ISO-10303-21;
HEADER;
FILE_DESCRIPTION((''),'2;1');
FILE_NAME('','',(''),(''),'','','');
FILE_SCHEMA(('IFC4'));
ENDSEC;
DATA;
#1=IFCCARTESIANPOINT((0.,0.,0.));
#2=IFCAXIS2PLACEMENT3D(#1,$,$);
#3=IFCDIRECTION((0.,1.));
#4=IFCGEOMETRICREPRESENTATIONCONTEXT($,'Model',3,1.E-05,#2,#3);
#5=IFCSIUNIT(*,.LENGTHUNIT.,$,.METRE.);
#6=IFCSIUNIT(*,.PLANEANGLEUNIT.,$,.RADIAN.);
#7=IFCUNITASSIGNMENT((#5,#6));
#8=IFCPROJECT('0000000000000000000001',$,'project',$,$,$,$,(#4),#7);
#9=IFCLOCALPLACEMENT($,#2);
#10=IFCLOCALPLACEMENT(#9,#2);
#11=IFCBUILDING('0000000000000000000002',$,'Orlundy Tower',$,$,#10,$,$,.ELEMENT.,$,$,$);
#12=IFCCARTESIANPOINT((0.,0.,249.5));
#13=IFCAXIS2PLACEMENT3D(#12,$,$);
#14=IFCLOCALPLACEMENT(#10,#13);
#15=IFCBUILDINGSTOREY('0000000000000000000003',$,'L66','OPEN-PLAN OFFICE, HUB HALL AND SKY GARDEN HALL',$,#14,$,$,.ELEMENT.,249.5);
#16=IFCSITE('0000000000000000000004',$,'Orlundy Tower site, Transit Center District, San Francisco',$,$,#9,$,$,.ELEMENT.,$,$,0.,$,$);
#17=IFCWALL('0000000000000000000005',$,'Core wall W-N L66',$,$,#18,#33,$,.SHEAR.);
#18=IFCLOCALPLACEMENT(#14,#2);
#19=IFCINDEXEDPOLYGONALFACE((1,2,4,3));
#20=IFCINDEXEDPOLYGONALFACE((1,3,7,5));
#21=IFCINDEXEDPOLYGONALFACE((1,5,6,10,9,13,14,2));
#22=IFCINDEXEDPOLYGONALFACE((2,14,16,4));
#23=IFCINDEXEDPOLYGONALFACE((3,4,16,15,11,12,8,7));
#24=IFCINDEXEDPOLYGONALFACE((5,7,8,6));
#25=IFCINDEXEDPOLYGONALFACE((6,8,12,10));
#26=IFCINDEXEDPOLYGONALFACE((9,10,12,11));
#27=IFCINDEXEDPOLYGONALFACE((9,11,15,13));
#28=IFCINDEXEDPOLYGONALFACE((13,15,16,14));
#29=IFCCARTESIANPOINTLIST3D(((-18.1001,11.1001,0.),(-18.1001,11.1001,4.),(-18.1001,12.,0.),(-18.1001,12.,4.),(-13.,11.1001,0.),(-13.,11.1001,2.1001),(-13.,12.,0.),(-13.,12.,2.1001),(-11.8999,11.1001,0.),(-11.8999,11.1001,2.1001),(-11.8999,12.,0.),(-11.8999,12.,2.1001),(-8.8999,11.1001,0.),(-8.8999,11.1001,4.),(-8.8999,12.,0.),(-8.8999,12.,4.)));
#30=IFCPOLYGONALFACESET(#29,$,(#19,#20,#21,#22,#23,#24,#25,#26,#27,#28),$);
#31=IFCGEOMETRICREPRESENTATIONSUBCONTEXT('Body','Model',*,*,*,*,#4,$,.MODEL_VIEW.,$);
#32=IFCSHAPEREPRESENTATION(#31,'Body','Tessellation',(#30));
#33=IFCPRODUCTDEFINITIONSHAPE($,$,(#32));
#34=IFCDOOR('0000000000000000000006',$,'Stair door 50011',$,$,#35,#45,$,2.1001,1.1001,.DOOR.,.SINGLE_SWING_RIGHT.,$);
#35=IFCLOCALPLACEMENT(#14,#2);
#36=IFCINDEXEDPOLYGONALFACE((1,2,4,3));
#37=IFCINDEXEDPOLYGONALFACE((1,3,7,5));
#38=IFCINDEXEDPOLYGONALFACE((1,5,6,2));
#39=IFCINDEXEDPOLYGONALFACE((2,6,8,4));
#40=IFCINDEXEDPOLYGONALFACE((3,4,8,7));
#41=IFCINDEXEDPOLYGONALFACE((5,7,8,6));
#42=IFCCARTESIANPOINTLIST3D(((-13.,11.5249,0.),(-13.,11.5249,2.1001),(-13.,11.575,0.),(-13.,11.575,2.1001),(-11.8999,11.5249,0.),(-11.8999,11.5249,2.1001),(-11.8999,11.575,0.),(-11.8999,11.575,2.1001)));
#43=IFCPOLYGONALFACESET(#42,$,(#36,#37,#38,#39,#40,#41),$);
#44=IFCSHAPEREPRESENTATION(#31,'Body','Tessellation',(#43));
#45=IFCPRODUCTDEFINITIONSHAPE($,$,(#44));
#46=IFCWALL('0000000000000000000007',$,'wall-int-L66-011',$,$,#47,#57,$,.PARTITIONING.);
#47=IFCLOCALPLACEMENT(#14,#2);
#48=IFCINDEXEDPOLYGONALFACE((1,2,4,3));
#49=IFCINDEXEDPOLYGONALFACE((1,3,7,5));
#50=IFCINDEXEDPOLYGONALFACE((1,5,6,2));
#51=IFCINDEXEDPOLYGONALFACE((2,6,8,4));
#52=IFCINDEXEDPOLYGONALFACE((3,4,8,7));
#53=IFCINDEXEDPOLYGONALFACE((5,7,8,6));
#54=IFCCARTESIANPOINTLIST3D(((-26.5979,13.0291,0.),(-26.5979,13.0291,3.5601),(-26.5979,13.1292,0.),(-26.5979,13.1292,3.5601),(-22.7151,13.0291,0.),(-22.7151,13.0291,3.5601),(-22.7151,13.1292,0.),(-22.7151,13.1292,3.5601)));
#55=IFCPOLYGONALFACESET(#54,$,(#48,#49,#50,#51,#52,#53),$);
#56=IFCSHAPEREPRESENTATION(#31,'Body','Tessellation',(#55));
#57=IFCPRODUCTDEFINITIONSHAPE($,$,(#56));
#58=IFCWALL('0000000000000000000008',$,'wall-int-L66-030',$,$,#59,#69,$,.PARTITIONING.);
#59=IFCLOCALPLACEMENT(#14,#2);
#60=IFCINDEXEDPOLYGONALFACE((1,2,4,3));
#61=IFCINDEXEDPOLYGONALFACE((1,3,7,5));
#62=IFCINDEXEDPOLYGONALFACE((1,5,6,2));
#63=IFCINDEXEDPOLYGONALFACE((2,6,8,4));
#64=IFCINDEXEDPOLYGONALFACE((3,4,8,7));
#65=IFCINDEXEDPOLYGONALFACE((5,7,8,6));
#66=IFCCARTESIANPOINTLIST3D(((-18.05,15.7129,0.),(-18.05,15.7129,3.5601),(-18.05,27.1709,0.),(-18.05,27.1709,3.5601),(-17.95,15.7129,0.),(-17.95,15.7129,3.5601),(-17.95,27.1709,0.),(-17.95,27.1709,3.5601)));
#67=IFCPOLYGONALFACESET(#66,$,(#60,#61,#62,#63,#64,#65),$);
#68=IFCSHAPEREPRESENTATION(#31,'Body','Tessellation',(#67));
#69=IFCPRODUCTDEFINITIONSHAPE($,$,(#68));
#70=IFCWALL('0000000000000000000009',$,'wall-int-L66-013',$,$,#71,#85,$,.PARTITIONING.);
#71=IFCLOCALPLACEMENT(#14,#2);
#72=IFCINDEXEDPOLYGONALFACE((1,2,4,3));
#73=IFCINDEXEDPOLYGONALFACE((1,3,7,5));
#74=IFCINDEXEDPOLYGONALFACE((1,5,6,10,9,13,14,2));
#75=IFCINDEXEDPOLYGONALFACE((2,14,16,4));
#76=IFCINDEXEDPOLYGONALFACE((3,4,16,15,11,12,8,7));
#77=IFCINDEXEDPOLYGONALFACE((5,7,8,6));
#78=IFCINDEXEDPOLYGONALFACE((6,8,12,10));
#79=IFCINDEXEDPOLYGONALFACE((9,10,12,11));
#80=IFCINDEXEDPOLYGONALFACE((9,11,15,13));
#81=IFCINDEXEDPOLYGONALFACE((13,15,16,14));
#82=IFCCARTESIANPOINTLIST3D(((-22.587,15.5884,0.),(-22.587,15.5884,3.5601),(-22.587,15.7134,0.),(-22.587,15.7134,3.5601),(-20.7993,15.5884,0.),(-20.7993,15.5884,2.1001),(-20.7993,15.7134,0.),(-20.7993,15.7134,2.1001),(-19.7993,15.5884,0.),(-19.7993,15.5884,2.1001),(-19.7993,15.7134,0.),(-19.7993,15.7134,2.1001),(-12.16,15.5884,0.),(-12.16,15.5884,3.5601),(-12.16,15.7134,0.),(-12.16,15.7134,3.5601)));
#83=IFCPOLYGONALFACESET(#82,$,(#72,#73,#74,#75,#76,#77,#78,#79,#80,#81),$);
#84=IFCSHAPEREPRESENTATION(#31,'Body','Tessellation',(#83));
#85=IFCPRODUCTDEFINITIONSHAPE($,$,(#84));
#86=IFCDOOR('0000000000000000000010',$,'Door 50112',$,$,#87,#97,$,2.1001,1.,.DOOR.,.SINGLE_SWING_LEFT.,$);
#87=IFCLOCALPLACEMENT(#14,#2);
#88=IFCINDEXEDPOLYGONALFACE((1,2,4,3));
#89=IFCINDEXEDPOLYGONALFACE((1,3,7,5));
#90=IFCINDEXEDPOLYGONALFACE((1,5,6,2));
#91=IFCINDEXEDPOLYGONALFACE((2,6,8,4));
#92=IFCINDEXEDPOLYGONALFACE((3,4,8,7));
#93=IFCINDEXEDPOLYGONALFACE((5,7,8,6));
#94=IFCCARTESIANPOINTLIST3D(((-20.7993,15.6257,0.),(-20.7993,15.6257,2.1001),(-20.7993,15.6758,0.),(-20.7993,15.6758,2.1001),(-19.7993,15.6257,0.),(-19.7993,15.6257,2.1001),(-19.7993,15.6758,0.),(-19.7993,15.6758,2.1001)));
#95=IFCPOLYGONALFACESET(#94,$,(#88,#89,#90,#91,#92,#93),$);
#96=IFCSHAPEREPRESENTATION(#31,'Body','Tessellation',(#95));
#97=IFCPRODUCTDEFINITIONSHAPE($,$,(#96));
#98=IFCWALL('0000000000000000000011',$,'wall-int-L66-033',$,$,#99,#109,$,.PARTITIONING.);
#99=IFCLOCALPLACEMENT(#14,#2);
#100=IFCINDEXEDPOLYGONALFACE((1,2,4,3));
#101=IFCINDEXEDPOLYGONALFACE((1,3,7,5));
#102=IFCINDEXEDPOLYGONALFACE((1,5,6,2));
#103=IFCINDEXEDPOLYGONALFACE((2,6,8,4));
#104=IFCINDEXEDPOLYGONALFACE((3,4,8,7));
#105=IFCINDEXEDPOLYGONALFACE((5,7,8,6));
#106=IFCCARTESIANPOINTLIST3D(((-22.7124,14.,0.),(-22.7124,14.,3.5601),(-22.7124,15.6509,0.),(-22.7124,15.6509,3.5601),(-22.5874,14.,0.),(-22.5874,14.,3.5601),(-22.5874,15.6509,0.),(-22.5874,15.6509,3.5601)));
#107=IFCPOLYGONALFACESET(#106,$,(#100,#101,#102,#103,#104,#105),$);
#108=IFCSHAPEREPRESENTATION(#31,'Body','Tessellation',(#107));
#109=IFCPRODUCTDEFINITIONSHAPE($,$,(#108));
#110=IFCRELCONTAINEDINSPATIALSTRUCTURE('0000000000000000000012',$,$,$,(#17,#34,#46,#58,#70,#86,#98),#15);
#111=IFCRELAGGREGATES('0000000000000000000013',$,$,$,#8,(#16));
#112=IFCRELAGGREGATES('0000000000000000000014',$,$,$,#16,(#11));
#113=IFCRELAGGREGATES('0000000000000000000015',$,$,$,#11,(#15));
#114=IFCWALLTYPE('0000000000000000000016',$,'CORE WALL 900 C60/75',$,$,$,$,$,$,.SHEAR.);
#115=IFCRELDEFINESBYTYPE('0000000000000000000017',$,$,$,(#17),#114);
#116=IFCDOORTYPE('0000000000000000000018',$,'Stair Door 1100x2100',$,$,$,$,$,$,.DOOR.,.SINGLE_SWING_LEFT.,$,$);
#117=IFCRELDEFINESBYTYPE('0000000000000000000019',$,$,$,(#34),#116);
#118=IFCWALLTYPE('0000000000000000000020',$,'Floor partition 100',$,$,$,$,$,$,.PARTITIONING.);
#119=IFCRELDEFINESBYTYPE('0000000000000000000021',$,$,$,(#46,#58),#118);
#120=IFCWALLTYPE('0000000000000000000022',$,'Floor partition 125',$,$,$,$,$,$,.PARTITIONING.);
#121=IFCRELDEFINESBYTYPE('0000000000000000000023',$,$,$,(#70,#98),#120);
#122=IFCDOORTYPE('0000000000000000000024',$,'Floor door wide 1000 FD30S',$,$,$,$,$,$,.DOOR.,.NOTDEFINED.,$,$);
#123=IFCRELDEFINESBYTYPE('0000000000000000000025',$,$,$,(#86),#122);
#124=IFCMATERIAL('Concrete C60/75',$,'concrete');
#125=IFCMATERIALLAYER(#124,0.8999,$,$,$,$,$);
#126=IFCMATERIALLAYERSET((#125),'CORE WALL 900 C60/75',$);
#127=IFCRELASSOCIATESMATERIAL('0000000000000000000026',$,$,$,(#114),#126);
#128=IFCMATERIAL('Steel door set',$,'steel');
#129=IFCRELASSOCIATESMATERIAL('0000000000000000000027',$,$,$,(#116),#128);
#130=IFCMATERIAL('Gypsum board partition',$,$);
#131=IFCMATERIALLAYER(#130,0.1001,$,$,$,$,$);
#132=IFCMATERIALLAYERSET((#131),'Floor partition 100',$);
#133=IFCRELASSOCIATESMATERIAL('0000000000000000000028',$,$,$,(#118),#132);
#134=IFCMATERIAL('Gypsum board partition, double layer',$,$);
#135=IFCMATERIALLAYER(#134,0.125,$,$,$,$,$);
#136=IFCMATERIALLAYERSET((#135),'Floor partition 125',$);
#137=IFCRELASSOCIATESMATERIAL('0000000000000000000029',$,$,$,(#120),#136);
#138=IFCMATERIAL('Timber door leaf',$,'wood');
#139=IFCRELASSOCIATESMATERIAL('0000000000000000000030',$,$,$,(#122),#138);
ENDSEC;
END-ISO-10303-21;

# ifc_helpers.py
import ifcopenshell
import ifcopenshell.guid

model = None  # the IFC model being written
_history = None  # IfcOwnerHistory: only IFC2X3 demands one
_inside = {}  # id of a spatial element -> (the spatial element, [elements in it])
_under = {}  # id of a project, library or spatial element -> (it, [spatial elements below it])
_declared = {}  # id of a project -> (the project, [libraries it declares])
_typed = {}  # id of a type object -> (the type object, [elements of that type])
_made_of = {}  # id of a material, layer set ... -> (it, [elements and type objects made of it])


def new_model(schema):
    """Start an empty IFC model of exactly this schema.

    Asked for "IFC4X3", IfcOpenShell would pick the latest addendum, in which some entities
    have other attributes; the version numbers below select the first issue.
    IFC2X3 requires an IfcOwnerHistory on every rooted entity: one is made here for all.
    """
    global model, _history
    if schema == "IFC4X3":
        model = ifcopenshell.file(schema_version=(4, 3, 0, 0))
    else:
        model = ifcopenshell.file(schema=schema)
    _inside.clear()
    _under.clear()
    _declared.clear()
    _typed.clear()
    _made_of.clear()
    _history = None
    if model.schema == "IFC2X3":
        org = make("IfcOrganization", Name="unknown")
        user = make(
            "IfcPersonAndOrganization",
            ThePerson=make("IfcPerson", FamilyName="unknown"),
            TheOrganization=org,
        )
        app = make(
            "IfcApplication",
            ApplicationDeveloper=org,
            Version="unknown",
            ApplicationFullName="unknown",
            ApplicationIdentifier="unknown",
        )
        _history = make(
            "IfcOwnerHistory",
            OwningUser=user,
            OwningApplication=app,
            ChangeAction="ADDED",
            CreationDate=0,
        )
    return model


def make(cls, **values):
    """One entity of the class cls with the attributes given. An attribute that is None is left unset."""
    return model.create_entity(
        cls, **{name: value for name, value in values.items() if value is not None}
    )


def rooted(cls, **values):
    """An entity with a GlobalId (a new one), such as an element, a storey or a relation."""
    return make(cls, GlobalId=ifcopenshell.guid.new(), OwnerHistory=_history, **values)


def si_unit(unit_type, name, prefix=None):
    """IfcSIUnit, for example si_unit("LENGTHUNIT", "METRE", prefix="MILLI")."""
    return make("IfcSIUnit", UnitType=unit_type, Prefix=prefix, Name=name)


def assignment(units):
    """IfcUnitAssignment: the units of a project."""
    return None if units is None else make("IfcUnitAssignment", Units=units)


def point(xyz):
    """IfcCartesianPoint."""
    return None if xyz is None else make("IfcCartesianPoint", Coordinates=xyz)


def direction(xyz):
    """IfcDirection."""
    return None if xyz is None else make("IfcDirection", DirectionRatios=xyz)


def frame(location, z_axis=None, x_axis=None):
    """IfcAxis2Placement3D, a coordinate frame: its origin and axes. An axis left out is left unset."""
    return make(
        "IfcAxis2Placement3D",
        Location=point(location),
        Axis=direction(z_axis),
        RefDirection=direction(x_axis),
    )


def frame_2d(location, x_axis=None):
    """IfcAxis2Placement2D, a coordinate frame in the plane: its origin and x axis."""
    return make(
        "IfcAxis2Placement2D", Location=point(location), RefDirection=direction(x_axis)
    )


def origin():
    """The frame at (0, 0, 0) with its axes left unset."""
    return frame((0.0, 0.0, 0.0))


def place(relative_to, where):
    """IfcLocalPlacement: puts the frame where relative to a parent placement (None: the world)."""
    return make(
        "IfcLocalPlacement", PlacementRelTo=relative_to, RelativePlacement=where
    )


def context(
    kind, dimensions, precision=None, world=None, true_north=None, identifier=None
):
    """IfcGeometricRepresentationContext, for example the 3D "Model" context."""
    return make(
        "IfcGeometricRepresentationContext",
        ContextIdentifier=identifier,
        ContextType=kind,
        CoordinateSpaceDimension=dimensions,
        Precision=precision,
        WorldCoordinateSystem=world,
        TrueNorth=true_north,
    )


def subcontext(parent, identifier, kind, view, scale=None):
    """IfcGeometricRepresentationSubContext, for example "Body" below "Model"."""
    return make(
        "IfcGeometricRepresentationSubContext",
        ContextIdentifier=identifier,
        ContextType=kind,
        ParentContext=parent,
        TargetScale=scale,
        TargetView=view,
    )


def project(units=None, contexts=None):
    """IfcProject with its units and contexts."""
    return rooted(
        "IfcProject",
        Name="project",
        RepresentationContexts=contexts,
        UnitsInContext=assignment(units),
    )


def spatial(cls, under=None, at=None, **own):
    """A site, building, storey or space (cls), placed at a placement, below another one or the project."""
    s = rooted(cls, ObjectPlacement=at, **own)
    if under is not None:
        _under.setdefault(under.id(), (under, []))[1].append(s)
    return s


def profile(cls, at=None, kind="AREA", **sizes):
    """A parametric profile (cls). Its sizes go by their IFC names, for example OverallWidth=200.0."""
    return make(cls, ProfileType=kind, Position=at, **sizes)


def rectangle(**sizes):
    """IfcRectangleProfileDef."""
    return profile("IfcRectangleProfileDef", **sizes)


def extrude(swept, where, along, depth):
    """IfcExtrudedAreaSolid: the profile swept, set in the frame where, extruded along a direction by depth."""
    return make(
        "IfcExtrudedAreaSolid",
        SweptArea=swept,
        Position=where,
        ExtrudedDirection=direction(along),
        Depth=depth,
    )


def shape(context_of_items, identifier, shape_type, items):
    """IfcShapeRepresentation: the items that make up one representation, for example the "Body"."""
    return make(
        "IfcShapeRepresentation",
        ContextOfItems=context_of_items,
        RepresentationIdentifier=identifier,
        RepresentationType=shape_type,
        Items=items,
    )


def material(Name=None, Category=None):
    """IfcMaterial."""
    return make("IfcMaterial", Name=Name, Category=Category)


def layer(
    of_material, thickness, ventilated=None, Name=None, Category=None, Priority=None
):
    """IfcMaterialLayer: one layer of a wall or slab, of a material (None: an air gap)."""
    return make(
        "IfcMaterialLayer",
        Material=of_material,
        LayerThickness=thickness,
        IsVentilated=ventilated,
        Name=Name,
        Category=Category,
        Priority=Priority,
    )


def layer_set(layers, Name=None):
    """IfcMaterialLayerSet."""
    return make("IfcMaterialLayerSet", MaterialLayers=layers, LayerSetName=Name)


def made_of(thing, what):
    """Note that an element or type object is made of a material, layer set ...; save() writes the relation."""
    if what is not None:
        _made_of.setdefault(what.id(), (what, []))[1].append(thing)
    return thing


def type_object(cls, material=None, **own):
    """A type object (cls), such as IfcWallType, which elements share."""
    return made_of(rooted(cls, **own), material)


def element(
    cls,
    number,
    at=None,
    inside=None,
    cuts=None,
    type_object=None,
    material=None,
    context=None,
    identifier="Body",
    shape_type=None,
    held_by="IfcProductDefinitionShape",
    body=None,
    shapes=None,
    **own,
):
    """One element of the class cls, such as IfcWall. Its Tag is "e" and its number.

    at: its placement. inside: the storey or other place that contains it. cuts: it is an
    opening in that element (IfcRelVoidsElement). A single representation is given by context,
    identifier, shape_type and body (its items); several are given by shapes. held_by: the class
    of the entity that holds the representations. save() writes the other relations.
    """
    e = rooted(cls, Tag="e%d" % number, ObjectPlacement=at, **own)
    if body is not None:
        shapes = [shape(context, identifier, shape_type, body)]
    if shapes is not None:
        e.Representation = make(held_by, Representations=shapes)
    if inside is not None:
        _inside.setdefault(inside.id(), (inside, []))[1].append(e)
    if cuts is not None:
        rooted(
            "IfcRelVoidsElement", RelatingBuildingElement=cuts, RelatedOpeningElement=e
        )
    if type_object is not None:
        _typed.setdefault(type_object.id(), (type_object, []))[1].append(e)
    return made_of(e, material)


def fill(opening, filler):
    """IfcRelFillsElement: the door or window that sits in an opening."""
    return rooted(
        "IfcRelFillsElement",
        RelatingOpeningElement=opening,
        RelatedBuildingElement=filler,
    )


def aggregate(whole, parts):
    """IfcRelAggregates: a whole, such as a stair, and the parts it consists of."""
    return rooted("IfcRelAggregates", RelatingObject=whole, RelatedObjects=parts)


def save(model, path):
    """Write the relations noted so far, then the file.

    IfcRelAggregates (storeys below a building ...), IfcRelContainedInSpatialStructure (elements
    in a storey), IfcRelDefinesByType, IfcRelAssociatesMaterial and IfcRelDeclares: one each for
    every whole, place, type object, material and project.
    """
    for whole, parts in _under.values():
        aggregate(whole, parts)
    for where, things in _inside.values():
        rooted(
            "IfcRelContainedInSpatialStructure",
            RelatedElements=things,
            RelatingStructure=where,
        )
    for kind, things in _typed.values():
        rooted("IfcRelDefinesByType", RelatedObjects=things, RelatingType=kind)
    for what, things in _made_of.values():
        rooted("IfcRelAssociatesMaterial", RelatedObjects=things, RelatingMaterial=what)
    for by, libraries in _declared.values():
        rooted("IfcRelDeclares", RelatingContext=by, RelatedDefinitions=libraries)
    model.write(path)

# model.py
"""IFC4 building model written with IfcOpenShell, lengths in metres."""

from ifc_helpers import new_model, si_unit, direction, frame, frame_2d, origin, place, context, subcontext, project, spatial, rectangle, extrude, material, layer, layer_set, type_object, element, fill, save


model = new_model("IFC4")

# Units and contexts
model_context = context("Model", 3, precision=1e-05, world=origin(), true_north=direction((0.0, 1.0)))
body_context = subcontext(model_context, "Body", "Model", "MODEL_VIEW")
ifc_project = project(units=[si_unit("LENGTHUNIT", "METRE"), si_unit("PLANEANGLEUNIT", "RADIAN")], contexts=[model_context])

# Site, building, storey
site_placement = place(None, origin())
site = spatial("IfcSite", under=ifc_project, at=site_placement, Name="Orlundy Tower site, Transit Center District, San Francisco", CompositionType="ELEMENT", RefElevation=0.0)
building_placement = place(site_placement, origin())
building = spatial("IfcBuilding", under=site, at=building_placement, Name="Orlundy Tower", CompositionType="ELEMENT")
storey_placement = place(building_placement, frame((0.0, 0.0, 249.5)))
storey = spatial("IfcBuildingStorey", under=building, at=storey_placement, Name="L66", Description="OPEN-PLAN OFFICE, HUB HALL AND SKY GARDEN HALL", CompositionType="ELEMENT", Elevation=249.5)

# Wall, opening, door
ifc_material_1 = material(Name="Concrete C60/75", Category="concrete")
ifc_layer_1 = layer(ifc_material_1, 0.8999)
ifc_layer_set_1 = layer_set([ifc_layer_1], Name="CORE WALL 900 C60/75")
wall_type_1 = type_object("IfcWallType", Name="CORE WALL 900 C60/75", PredefinedType="SHEAR", material=ifc_layer_set_1)
wall_1_placement = place(storey_placement, frame((-18.1001, 11.55, 0.0), z_axis=(0.0, 0.0, 1.0), x_axis=(1.0, 0.0, 0.0)))
wall_1 = element("IfcWall", 1, at=wall_1_placement, inside=storey, type_object=wall_type_1, Name="Core wall W-N L66", PredefinedType="SHEAR", context=body_context, shape_type="SweptSolid", body=[
    extrude(rectangle(XDim=9.2002, YDim=0.8999, at=frame_2d((4.6001, 0.0))), origin(), (0.0, 0.0, 1.0), 4.0),
])
opening_1_placement = place(wall_1_placement, frame((5.1001, 0.0, 0.0)))
opening_1 = element("IfcOpeningElement", 2, at=opening_1_placement, cuts=wall_1, PredefinedType="OPENING", context=body_context, shape_type="SweptSolid", body=[
    extrude(rectangle(XDim=1.1001, YDim=2.1001, at=frame_2d((0.55, 1.05))), frame((0.0, 0.46, 0.0), z_axis=(0.0, -1.0, 0.0), x_axis=(1.0, 0.0, 0.0)), (0.0, 0.0, 1.0), 0.9199),
])
ifc_material_2 = material(Name="Steel door set", Category="steel")
door_type_1 = type_object("IfcDoorType", Name="Stair Door 1100x2100", OperationType="SINGLE_SWING_LEFT", PredefinedType="DOOR", material=ifc_material_2)
door_1_placement = place(opening_1_placement, origin())
door_1 = element("IfcDoor", 3, at=door_1_placement, inside=storey, type_object=door_type_1, Name="Stair door 50011", OperationType="SINGLE_SWING_RIGHT", OverallHeight=2.1001, OverallWidth=1.1001, PredefinedType="DOOR", context=body_context, shape_type="SweptSolid", body=[
    extrude(rectangle(XDim=1.1001, YDim=2.1001, at=frame_2d((0.55, 1.05))), frame((0.0, 0.0249, 0.0), z_axis=(0.0, -1.0, 0.0), x_axis=(1.0, 0.0, 0.0)), (0.0, 0.0, 1.0), 0.05),
])
fill(opening_1, door_1)

# Walls
ifc_material_3 = material(Name="Gypsum board partition")
ifc_layer_2 = layer(ifc_material_3, 0.1001)
ifc_layer_set_2 = layer_set([ifc_layer_2], Name="Floor partition 100")
wall_type_2 = type_object("IfcWallType", Name="Floor partition 100", PredefinedType="PARTITIONING", material=ifc_layer_set_2)
wall_2_placement = place(storey_placement, frame((-26.5979, 13.0791, 0.0), z_axis=(0.0, 0.0, 1.0), x_axis=(1.0, 0.0, 0.0)))
element("IfcWall", 4, at=wall_2_placement, inside=storey, type_object=wall_type_2, Name="wall-int-L66-011", PredefinedType="PARTITIONING", context=body_context, shape_type="SweptSolid", body=[
    extrude(rectangle(XDim=3.8828, YDim=0.1001, at=frame_2d((1.9414, 0.0))), origin(), (0.0, 0.0, 1.0), 3.5601),
])
wall_3_placement = place(storey_placement, frame((-18.0, 15.7129, 0.0), z_axis=(0.0, 0.0, 1.0), x_axis=(0.0, 1.0, 0.0)))
element("IfcWall", 5, at=wall_3_placement, inside=storey, type_object=wall_type_2, Name="wall-int-L66-030", PredefinedType="PARTITIONING", context=body_context, shape_type="SweptSolid", body=[
    extrude(rectangle(XDim=11.458, YDim=0.1001, at=frame_2d((5.729, 0.0))), origin(), (0.0, 0.0, 1.0), 3.5601),
])

# Wall, opening, door
ifc_material_4 = material(Name="Gypsum board partition, double layer")
ifc_layer_3 = layer(ifc_material_4, 0.125)
ifc_layer_set_3 = layer_set([ifc_layer_3], Name="Floor partition 125")
wall_type_3 = type_object("IfcWallType", Name="Floor partition 125", PredefinedType="PARTITIONING", material=ifc_layer_set_3)
wall_4_placement = place(storey_placement, frame((-22.5869, 15.6509, 0.0), z_axis=(0.0, 0.0, 1.0), x_axis=(1.0, 0.0, 0.0)))
wall_4 = element("IfcWall", 6, at=wall_4_placement, inside=storey, type_object=wall_type_3, Name="wall-int-L66-013", PredefinedType="PARTITIONING", context=body_context, shape_type="SweptSolid", body=[
    extrude(rectangle(XDim=10.427, YDim=0.125, at=frame_2d((5.2134, 0.0))), origin(), (0.0, 0.0, 1.0), 3.5601),
])
opening_2_placement = place(wall_4_placement, frame((1.7876, 0.0, 0.0)))
opening_2 = element("IfcOpeningElement", 7, at=opening_2_placement, cuts=wall_4, PredefinedType="OPENING", context=body_context, shape_type="SweptSolid", body=[
    extrude(rectangle(XDim=1.0, YDim=2.1001, at=frame_2d((0.5, 1.05))), frame((0.0, 0.0725, 0.0), z_axis=(0.0, -1.0, 0.0), x_axis=(1.0, 0.0, 0.0)), (0.0, 0.0, 1.0), 0.145),
])
ifc_material_5 = material(Name="Timber door leaf", Category="wood")
door_type_2 = type_object("IfcDoorType", Name="Floor door wide 1000 FD30S", OperationType="NOTDEFINED", PredefinedType="DOOR", material=ifc_material_5)
door_2_placement = place(opening_2_placement, origin())
door_2 = element("IfcDoor", 8, at=door_2_placement, inside=storey, type_object=door_type_2, Name="Door 50112", OperationType="SINGLE_SWING_LEFT", OverallHeight=2.1001, OverallWidth=1.0, PredefinedType="DOOR", context=body_context, shape_type="SweptSolid", body=[
    extrude(rectangle(XDim=1.0, YDim=2.1001, at=frame_2d((0.5, 1.05))), frame((0.0, 0.0249, 0.0), z_axis=(0.0, -1.0, 0.0), x_axis=(1.0, 0.0, 0.0)), (0.0, 0.0, 1.0), 0.05),
])
fill(opening_2, door_2)

# Wall
wall_5_placement = place(storey_placement, frame((-22.6499, 14.0, 0.0), z_axis=(0.0, 0.0, 1.0), x_axis=(0.0, 1.0, 0.0)))
element("IfcWall", 9, at=wall_5_placement, inside=storey, type_object=wall_type_3, Name="wall-int-L66-033", PredefinedType="PARTITIONING", context=body_context, shape_type="SweptSolid", body=[
    extrude(rectangle(XDim=1.6509, YDim=0.125, at=frame_2d((0.8254, 0.0))), origin(), (0.0, 0.0, 1.0), 3.5601),
])

save(model, "model.ifc")
